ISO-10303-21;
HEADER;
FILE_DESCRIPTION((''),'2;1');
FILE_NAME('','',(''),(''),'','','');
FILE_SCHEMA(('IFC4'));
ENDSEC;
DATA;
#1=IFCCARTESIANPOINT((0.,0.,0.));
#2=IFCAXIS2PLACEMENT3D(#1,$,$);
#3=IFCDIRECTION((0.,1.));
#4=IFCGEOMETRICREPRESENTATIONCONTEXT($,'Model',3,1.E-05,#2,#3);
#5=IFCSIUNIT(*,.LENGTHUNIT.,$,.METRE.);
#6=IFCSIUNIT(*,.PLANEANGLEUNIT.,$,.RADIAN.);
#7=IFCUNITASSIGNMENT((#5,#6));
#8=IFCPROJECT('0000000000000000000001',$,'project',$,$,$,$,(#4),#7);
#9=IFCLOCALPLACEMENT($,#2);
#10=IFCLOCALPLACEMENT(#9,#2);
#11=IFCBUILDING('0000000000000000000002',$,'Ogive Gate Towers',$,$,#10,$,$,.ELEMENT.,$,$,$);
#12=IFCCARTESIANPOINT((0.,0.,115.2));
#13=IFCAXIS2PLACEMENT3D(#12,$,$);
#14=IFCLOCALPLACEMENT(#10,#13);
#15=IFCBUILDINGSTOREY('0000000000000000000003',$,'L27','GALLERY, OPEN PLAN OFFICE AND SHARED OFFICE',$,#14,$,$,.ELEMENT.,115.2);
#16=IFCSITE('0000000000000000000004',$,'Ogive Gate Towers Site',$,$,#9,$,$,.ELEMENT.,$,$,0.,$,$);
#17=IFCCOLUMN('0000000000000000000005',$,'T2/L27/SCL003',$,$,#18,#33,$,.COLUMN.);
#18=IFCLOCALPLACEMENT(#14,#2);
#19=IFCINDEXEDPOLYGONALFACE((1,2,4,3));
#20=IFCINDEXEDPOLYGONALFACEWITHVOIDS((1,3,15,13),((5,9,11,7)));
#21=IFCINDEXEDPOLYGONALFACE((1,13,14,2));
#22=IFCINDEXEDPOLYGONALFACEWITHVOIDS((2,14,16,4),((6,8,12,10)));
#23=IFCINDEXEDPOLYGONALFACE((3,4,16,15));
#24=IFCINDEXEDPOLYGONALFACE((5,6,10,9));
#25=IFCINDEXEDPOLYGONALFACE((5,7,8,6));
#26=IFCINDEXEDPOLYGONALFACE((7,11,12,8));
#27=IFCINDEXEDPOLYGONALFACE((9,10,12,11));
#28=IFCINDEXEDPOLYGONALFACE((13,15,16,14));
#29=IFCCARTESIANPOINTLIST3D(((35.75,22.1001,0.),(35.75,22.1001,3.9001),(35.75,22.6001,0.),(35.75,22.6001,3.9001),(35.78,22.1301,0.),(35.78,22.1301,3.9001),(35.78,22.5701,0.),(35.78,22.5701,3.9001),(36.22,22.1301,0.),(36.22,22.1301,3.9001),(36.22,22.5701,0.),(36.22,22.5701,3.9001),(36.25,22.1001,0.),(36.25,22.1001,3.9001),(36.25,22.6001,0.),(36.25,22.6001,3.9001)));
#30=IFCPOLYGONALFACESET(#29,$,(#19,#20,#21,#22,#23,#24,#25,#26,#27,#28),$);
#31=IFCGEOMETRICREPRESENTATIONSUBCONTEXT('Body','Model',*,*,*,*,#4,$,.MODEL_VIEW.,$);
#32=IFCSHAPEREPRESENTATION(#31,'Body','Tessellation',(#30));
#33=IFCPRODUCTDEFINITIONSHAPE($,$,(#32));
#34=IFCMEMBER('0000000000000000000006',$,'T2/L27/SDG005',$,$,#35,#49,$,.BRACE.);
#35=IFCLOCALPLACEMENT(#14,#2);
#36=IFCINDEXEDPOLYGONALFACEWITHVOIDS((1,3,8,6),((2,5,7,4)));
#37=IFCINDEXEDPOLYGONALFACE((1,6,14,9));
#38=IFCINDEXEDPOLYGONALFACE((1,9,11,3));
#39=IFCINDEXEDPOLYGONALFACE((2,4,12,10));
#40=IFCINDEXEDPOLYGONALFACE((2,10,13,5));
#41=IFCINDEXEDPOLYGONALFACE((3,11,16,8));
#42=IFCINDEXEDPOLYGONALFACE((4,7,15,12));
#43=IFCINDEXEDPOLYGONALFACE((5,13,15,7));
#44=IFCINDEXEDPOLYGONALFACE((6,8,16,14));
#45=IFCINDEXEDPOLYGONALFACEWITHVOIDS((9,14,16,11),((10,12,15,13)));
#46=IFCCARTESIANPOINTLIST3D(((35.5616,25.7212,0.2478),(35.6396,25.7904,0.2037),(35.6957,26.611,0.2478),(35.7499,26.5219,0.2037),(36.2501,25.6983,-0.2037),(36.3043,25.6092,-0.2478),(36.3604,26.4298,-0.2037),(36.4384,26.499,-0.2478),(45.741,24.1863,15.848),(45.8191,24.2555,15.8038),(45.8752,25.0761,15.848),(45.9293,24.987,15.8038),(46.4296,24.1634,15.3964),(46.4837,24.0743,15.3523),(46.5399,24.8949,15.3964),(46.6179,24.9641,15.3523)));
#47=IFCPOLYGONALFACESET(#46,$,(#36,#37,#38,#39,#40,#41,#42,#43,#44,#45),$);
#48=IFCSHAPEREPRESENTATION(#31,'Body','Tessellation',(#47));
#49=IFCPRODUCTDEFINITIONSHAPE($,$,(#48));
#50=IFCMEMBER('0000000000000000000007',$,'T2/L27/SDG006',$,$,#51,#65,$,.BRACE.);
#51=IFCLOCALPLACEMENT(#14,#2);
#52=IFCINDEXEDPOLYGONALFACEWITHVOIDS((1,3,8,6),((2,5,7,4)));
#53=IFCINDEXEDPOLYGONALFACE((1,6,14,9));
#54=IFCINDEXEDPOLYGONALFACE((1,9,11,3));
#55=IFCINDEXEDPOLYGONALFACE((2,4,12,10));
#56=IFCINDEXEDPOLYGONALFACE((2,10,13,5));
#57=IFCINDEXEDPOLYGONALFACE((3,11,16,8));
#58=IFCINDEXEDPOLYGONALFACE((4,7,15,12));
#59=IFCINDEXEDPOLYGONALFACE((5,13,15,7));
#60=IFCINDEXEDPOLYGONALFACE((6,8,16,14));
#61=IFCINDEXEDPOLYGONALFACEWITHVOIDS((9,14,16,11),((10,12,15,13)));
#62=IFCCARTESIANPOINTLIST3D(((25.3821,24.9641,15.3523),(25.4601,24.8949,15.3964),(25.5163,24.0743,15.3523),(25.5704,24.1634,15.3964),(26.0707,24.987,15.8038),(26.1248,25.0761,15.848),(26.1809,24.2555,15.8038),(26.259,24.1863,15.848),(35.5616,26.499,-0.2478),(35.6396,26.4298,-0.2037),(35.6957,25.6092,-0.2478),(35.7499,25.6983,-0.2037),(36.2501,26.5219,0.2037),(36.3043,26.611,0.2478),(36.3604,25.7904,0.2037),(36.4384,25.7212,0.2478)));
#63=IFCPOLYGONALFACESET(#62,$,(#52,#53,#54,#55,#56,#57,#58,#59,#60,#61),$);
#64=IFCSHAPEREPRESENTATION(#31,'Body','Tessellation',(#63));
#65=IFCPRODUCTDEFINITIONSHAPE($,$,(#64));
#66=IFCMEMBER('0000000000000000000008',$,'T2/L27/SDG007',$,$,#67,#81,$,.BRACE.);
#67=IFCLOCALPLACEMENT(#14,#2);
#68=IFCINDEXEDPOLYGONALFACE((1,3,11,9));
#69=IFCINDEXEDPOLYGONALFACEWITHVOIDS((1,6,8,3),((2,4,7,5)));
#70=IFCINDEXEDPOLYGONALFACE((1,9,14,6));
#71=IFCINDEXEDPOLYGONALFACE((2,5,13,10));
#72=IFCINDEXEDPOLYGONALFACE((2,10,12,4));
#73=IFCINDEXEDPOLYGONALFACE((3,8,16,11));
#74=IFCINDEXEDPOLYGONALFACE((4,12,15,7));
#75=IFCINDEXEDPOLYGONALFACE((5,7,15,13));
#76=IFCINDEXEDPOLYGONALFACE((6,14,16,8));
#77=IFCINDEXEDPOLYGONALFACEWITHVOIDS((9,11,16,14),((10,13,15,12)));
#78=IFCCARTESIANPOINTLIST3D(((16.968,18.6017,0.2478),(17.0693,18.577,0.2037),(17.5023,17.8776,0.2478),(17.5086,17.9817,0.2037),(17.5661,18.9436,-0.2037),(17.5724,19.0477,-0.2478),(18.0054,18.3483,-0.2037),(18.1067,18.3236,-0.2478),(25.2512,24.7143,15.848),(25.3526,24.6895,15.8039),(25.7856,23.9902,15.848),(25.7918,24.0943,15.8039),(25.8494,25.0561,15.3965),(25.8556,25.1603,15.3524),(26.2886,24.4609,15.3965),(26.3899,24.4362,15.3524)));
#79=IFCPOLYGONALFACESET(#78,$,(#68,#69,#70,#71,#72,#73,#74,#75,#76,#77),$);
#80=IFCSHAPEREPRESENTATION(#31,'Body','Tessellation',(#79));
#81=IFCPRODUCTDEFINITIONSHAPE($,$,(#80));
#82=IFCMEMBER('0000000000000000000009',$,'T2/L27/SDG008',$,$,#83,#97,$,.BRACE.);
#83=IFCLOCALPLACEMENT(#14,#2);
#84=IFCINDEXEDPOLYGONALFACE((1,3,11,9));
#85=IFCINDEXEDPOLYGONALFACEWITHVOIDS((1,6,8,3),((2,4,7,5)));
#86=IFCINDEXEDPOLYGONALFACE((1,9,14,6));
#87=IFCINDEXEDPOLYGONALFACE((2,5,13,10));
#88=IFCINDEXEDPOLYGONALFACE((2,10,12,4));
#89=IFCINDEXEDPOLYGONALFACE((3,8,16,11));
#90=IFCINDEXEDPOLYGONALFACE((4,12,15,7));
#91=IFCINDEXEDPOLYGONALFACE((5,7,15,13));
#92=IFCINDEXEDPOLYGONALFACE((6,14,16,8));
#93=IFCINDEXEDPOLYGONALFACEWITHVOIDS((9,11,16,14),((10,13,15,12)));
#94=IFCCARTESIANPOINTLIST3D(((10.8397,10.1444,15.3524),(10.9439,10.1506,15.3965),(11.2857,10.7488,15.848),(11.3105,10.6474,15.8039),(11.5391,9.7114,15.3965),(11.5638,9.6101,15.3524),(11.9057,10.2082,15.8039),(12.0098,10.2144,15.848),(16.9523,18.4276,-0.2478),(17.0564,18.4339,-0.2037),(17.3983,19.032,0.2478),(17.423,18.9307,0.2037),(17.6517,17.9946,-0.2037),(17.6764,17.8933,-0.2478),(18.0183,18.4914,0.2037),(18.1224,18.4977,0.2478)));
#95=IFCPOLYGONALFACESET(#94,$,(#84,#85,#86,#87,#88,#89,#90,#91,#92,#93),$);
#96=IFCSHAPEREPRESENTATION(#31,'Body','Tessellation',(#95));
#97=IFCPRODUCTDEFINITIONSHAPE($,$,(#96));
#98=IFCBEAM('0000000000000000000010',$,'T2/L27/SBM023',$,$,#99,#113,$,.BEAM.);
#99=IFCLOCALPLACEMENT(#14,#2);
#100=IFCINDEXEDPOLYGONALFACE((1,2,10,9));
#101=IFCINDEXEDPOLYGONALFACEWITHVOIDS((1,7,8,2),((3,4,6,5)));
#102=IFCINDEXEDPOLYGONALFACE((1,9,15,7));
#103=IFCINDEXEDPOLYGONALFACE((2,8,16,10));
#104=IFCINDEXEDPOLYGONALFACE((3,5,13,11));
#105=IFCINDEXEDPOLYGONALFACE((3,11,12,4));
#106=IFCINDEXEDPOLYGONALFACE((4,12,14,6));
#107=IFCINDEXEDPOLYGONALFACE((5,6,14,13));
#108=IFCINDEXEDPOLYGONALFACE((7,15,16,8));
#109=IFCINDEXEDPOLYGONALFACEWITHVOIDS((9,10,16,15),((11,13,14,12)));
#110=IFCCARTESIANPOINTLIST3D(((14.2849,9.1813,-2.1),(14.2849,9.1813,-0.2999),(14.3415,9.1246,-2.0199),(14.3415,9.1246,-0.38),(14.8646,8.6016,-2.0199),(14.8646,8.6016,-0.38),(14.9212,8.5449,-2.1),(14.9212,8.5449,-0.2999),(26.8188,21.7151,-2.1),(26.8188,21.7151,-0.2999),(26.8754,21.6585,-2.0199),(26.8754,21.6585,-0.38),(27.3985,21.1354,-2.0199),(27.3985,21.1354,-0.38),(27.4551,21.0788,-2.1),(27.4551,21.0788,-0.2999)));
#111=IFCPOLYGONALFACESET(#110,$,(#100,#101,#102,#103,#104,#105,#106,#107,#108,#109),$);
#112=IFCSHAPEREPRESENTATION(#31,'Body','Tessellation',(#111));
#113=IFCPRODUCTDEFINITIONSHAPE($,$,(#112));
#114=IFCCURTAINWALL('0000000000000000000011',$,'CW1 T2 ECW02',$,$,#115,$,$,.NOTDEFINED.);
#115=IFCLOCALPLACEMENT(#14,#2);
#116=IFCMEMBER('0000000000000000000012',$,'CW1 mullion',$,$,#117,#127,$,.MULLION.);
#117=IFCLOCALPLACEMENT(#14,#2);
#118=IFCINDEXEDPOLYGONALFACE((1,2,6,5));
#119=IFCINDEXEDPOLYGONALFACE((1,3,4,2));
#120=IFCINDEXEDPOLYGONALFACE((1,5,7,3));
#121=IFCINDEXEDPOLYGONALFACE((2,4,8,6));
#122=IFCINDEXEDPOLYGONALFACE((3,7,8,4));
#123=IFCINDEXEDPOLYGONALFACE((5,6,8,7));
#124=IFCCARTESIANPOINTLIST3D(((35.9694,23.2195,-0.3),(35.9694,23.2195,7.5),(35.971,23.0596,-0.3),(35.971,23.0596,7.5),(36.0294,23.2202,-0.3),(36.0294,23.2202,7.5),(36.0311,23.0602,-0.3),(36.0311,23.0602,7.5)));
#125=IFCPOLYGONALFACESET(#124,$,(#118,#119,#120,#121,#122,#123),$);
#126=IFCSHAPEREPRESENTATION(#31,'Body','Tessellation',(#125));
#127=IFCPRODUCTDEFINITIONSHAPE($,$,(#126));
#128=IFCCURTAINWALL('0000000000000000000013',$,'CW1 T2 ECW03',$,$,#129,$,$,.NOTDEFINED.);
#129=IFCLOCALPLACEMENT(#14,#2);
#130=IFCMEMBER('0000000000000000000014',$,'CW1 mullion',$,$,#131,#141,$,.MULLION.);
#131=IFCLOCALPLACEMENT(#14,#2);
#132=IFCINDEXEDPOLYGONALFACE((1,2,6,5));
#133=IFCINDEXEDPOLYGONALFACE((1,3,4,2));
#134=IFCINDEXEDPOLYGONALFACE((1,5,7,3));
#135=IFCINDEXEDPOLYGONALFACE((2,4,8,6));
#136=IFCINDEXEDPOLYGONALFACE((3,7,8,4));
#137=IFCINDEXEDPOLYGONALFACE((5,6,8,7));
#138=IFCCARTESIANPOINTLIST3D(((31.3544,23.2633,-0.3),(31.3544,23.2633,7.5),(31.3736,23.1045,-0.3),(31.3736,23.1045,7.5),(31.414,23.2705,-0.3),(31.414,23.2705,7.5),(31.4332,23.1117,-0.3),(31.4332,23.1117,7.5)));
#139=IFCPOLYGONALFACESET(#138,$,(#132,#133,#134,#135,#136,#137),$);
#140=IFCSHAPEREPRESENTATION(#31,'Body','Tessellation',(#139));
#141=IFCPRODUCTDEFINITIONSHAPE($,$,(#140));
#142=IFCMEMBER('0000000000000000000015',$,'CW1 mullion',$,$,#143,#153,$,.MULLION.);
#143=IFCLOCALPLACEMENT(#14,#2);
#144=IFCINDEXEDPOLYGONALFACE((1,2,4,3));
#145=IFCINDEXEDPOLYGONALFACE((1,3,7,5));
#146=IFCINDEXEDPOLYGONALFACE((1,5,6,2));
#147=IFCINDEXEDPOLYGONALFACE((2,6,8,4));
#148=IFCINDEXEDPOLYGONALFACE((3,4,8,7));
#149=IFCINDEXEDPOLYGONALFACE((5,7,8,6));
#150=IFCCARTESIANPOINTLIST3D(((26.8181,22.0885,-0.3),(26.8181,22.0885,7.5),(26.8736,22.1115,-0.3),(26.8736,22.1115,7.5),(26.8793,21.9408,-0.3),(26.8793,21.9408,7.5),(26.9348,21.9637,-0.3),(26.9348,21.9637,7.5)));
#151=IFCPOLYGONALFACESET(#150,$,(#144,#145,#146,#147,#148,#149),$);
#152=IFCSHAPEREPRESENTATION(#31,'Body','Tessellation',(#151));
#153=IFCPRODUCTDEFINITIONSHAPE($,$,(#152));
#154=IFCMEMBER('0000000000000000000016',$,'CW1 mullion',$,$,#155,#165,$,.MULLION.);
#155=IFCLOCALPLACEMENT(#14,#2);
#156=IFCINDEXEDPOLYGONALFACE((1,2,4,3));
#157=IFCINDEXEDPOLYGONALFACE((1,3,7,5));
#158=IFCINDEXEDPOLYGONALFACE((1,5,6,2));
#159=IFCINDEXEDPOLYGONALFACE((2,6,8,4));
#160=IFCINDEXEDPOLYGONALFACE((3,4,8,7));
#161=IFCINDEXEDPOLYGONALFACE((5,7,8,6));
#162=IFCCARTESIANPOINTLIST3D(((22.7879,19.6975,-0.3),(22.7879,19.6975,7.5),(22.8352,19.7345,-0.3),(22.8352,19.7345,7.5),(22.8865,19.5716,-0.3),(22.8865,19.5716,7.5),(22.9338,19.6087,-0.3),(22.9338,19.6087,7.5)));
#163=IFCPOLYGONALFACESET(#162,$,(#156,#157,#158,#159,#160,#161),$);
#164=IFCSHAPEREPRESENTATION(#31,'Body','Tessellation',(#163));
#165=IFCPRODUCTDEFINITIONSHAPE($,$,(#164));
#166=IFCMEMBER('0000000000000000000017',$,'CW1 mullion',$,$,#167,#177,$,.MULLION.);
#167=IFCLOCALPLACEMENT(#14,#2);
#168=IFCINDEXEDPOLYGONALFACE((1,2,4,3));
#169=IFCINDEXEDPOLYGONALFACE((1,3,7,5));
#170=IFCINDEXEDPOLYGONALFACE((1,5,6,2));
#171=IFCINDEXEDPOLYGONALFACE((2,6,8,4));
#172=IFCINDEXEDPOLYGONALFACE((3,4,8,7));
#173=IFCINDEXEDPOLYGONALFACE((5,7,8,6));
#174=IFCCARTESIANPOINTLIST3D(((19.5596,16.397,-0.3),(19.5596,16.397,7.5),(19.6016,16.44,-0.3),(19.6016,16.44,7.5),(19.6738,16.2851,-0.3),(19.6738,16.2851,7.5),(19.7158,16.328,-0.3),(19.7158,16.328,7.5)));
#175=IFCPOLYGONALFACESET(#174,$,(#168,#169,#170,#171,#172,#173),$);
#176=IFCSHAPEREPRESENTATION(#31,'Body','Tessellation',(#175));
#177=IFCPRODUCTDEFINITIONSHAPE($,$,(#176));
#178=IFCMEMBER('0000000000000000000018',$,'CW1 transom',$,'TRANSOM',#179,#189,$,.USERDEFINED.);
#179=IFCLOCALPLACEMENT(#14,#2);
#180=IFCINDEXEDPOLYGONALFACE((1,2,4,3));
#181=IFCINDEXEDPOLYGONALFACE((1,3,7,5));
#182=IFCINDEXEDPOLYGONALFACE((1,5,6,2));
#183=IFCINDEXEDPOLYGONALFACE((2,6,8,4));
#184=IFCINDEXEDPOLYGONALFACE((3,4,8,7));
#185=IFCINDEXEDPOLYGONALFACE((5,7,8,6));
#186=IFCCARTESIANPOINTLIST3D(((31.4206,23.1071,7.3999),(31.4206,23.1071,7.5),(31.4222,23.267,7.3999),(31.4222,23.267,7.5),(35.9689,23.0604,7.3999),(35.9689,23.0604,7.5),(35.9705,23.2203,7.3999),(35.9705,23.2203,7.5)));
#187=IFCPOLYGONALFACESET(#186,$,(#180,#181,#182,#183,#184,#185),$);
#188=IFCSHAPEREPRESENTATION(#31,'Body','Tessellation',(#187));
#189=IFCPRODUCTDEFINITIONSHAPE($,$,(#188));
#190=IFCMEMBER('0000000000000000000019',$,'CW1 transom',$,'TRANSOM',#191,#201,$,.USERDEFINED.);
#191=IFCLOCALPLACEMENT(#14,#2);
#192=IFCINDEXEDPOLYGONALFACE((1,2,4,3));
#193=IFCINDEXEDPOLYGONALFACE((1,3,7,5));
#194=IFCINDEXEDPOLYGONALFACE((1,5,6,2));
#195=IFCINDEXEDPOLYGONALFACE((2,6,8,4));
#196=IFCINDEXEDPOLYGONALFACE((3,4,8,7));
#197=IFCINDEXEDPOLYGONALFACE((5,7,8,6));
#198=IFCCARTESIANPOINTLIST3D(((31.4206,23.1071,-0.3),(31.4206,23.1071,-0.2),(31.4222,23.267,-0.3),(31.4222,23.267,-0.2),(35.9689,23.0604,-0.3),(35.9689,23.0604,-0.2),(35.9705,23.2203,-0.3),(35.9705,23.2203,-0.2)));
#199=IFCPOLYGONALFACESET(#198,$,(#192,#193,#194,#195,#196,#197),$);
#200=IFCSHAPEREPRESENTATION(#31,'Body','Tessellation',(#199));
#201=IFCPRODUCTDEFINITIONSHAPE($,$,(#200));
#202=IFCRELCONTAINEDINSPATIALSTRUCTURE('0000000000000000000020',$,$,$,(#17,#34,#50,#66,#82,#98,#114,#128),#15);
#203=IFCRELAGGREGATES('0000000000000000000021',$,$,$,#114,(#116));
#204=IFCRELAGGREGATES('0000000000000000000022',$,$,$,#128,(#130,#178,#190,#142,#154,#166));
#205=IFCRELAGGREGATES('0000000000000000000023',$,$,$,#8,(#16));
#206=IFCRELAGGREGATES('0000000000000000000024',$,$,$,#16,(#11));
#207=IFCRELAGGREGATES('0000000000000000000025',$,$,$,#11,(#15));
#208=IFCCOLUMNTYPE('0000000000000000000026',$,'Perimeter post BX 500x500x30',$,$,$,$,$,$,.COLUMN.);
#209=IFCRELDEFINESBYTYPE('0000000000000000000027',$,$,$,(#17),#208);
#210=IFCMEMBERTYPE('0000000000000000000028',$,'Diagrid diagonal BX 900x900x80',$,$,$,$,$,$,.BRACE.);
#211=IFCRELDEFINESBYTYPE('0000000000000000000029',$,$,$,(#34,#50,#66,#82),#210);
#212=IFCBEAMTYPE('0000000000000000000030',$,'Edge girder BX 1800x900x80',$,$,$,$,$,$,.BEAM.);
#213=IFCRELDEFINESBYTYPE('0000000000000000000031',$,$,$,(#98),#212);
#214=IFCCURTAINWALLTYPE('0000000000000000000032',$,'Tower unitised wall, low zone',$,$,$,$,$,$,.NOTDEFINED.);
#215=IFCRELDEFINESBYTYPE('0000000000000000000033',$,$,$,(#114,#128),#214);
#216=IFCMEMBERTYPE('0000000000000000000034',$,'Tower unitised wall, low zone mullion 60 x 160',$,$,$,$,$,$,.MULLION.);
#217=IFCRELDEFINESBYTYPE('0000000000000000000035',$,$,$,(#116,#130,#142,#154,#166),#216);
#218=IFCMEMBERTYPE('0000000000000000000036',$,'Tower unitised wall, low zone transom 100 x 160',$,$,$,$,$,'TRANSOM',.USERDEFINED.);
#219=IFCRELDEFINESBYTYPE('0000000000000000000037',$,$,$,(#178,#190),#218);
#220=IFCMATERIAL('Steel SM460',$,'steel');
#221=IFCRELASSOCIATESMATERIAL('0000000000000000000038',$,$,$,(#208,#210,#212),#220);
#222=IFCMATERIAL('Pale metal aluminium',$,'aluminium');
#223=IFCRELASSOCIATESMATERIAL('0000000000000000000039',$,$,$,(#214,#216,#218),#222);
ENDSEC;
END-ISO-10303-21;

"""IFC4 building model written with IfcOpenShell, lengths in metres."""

from ifc_helpers import new_model, si_unit, direction, frame, origin, origin_2d, place, context, subcontext, project, spatial, rectangle, hollow_rectangle, extrude, material, material_profile, profile_set, type_object, element, aggregate, save


model = new_model("IFC4")

# Units and contexts
model_context = context("Model", 3, precision=1e-05, world=origin(), true_north=direction((0.0, 1.0)))
body_context = subcontext(model_context, "Body", "Model", "MODEL_VIEW")
ifc_project = project(units=[si_unit("LENGTHUNIT", "METRE"), si_unit("PLANEANGLEUNIT", "RADIAN")], contexts=[model_context])

# Site, building, storey
site_placement = place(None, origin())
site = spatial("IfcSite", under=ifc_project, at=site_placement, Name="Ogive Gate Towers Site", CompositionType="ELEMENT", RefElevation=0.0)
building_placement = place(site_placement, origin())
building = spatial("IfcBuilding", under=site, at=building_placement, Name="Ogive Gate Towers", CompositionType="ELEMENT")
storey_placement = place(building_placement, frame((0.0, 0.0, 115.2)))
storey = spatial("IfcBuildingStorey", under=building, at=storey_placement, Name="L27", Description="GALLERY, OPEN PLAN OFFICE AND SHARED OFFICE", CompositionType="ELEMENT", Elevation=115.2)

# Column
ifc_material_1 = material(Name="Steel SM460", Category="steel")
ifc_material_profile_1 = material_profile(ifc_material_1, hollow_rectangle(XDim=0.5, YDim=0.5, WallThickness=0.03, at=origin_2d()), Name="BX 500x500x30")
ifc_profile_set_1 = profile_set([ifc_material_profile_1], Name="Steel SM460")
column_type = type_object("IfcColumnType", Name="Perimeter post BX 500x500x30", PredefinedType="COLUMN", material=ifc_profile_set_1)
column_placement = place(storey_placement, frame((36.0, 22.3501, 0.0), z_axis=(0.0, 0.0, 1.0), x_axis=(1.0, 0.0, 0.0)))
element("IfcColumn", 1, at=column_placement, inside=storey, type_object=column_type, Name="T2/L27/SCL003", PredefinedType="COLUMN", context=body_context, shape_type="SweptSolid", body=[
    extrude(hollow_rectangle(XDim=0.5, YDim=0.5, WallThickness=0.03, at=origin_2d()), origin(), (0.0, 0.0, 1.0), 3.9001),
])

# Members
ifc_material_profile_2 = material_profile(ifc_material_1, hollow_rectangle(XDim=0.8999, YDim=0.8999, WallThickness=0.0801, at=origin_2d()), Name="BX 900x900x80")
ifc_profile_set_2 = profile_set([ifc_material_profile_2], Name="Steel SM460")
member_type_1 = type_object("IfcMemberType", Name="Diagrid diagonal BX 900x900x80", PredefinedType="BRACE", material=ifc_profile_set_2)
for number, where, z_axis, x_axis, name in (
    (2, (36.0, 26.1101, 0.0), (0.544628, -0.082122, 0.834648), (0.1491, 0.988822, 0.0), "T2/L27/SDG005"),
    (3, (36.0, 26.1101, 0.0), (-0.544628, -0.082122, 0.834648), (0.1491, -0.988822, 0.0), "T2/L27/SDG006"),
    (4, (17.5374, 18.4626, 0.0), (0.443175, 0.327039, 0.83465), (-0.593774, 0.804632, 0.0), "T2/L27/SDG007"),
    (5, (17.5374, 18.4626, 0.0), (-0.327039, -0.443175, 0.83465), (0.804632, -0.593774, 0.0), "T2/L27/SDG008"),
):
    element("IfcMember", number, at=place(storey_placement, frame(where, z_axis=z_axis, x_axis=x_axis)), inside=storey, type_object=member_type_1, Name=name, PredefinedType="BRACE", context=body_context, shape_type="SweptSolid", body=[
        extrude(hollow_rectangle(XDim=0.8999, YDim=0.8999, WallThickness=0.0801, at=origin_2d()), origin(), (0.0, 0.0, 1.0), 18.6907),
    ])

# Beam
ifc_material_profile_3 = material_profile(ifc_material_1, hollow_rectangle(XDim=0.8999, YDim=1.8, WallThickness=0.0801, at=origin_2d()), Name="BX 1800x900x80")
ifc_profile_set_3 = profile_set([ifc_material_profile_3], Name="Steel SM460")
beam_type = type_object("IfcBeamType", Name="Edge girder BX 1800x900x80", PredefinedType="BEAM", material=ifc_profile_set_3)
beam_placement = place(storey_placement, frame((27.137, 21.397, -1.2), z_axis=(-0.707107, -0.707107, 0.0), x_axis=(0.707107, -0.707107, 0.0)))
element("IfcBeam", 6, at=beam_placement, inside=storey, type_object=beam_type, Name="T2/L27/SBM023", PredefinedType="BEAM", context=body_context, shape_type="SweptSolid", body=[
    extrude(hollow_rectangle(XDim=0.8999, YDim=1.8, WallThickness=0.0801, at=origin_2d()), origin(), (0.0, 0.0, 1.0), 17.7256),
])

# Curtain wall, member
ifc_material_2 = material(Name="Pale metal aluminium", Category="aluminium")
curtain_wall_type = type_object("IfcCurtainWallType", Name="Tower unitised wall, low zone", PredefinedType="NOTDEFINED", material=ifc_material_2)
curtain_wall_1_placement = place(storey_placement, origin())
curtain_wall_1 = element("IfcCurtainWall", 7, at=curtain_wall_1_placement, inside=storey, type_object=curtain_wall_type, Name="CW1 T2 ECW02", PredefinedType="NOTDEFINED")
ifc_material_profile_4 = material_profile(ifc_material_2, rectangle(XDim=0.1599, YDim=0.0601, at=origin_2d()), Name="60 x 160 aluminium box")
ifc_profile_set_4 = profile_set([ifc_material_profile_4], Name="Pale metal aluminium")
member_type_2 = type_object("IfcMemberType", Name="Tower unitised wall, low zone mullion 60 x 160", PredefinedType="MULLION", material=ifc_profile_set_4)
member_1_placement = place(storey_placement, frame((36.0002, 23.1399, -0.3), z_axis=(0.0, 0.0, 1.0), x_axis=(-0.01028, 0.999947, 0.0)))
member_1 = element("IfcMember", 8, at=member_1_placement, type_object=member_type_2, Name="CW1 mullion", PredefinedType="MULLION", context=body_context, shape_type="SweptSolid", body=[
    extrude(rectangle(XDim=0.1599, YDim=0.0601, at=origin_2d()), origin(), (0.0, 0.0, 1.0), 7.8),
])
aggregate(curtain_wall_1, [member_1])

# Curtain wall, members
curtain_wall_2_placement = place(storey_placement, origin())
curtain_wall_2 = element("IfcCurtainWall", 9, at=curtain_wall_2_placement, inside=storey, type_object=curtain_wall_type, Name="CW1 T2 ECW03", PredefinedType="NOTDEFINED")
member_2_placement = place(storey_placement, frame((31.3938, 23.1875, -0.3), z_axis=(0.0, 0.0, 1.0), x_axis=(-0.120379, 0.992728, 0.0)))
member_2 = element("IfcMember", 10, at=member_2_placement, type_object=member_type_2, Name="CW1 mullion", PredefinedType="MULLION", context=body_context, shape_type="SweptSolid", body=[
    extrude(rectangle(XDim=0.1599, YDim=0.0601, at=origin_2d()), origin(), (0.0, 0.0, 1.0), 7.8),
])
member_3_placement = place(storey_placement, frame((26.8765, 22.0261, -0.3), z_axis=(0.0, 0.0, 1.0), x_axis=(-0.382683, 0.92388, 0.0)))
member_3 = element("IfcMember", 11, at=member_3_placement, type_object=member_type_2, Name="CW1 mullion", PredefinedType="MULLION", context=body_context, shape_type="SweptSolid", body=[
    extrude(rectangle(XDim=0.1599, YDim=0.0601, at=origin_2d()), origin(), (0.0, 0.0, 1.0), 7.8),
])
member_4_placement = place(storey_placement, frame((22.8608, 19.6531, -0.3), z_axis=(0.0, 0.0, 1.0), x_axis=(-0.616844, 0.787086, 0.0)))
member_4 = element("IfcMember", 12, at=member_4_placement, type_object=member_type_2, Name="CW1 mullion", PredefinedType="MULLION", context=body_context, shape_type="SweptSolid", body=[
    extrude(rectangle(XDim=0.1599, YDim=0.0601, at=origin_2d()), origin(), (0.0, 0.0, 1.0), 7.8),
])
member_5_placement = place(storey_placement, frame((19.6377, 16.3625, -0.3), z_axis=(0.0, 0.0, 1.0), x_axis=(-0.714351, 0.699788, 0.0)))
member_5 = element("IfcMember", 13, at=member_5_placement, type_object=member_type_2, Name="CW1 mullion", PredefinedType="MULLION", context=body_context, shape_type="SweptSolid", body=[
    extrude(rectangle(XDim=0.1599, YDim=0.0601, at=origin_2d()), origin(), (0.0, 0.0, 1.0), 7.8),
])
ifc_material_profile_5 = material_profile(ifc_material_2, rectangle(XDim=0.1599, YDim=0.1001, at=origin_2d()), Name="100 x 160 aluminium box")
ifc_profile_set_5 = profile_set([ifc_material_profile_5], Name="Pale metal aluminium")
member_type_3 = type_object("IfcMemberType", Name="Tower unitised wall, low zone transom 100 x 160", ElementType="TRANSOM", PredefinedType="USERDEFINED", material=ifc_profile_set_5)
member_6_placement = place(storey_placement, frame((35.9697, 23.1404, 7.45), z_axis=(-0.999947, 0.010252, 0.0), x_axis=(-0.010252, -0.999947, 0.0)))
member_6 = element("IfcMember", 14, at=member_6_placement, type_object=member_type_3, Name="CW1 transom", ObjectType="TRANSOM", PredefinedType="USERDEFINED", context=body_context, shape_type="SweptSolid", body=[
    extrude(rectangle(XDim=0.1599, YDim=0.1001, at=origin_2d()), origin(), (0.0, 0.0, 1.0), 4.5486),
])
member_7_placement = place(storey_placement, frame((35.9697, 23.1404, -0.25), z_axis=(-0.999947, 0.010252, 0.0), x_axis=(-0.010252, -0.999947, 0.0)))
member_7 = element("IfcMember", 15, at=member_7_placement, type_object=member_type_3, Name="CW1 transom", ObjectType="TRANSOM", PredefinedType="USERDEFINED", context=body_context, shape_type="SweptSolid", body=[
    extrude(rectangle(XDim=0.1599, YDim=0.1001, at=origin_2d()), origin(), (0.0, 0.0, 1.0), 4.5486),
])

aggregate(curtain_wall_2, [member_2, member_6, member_7, member_3, member_4, member_5])

save(model, "model.ifc")
